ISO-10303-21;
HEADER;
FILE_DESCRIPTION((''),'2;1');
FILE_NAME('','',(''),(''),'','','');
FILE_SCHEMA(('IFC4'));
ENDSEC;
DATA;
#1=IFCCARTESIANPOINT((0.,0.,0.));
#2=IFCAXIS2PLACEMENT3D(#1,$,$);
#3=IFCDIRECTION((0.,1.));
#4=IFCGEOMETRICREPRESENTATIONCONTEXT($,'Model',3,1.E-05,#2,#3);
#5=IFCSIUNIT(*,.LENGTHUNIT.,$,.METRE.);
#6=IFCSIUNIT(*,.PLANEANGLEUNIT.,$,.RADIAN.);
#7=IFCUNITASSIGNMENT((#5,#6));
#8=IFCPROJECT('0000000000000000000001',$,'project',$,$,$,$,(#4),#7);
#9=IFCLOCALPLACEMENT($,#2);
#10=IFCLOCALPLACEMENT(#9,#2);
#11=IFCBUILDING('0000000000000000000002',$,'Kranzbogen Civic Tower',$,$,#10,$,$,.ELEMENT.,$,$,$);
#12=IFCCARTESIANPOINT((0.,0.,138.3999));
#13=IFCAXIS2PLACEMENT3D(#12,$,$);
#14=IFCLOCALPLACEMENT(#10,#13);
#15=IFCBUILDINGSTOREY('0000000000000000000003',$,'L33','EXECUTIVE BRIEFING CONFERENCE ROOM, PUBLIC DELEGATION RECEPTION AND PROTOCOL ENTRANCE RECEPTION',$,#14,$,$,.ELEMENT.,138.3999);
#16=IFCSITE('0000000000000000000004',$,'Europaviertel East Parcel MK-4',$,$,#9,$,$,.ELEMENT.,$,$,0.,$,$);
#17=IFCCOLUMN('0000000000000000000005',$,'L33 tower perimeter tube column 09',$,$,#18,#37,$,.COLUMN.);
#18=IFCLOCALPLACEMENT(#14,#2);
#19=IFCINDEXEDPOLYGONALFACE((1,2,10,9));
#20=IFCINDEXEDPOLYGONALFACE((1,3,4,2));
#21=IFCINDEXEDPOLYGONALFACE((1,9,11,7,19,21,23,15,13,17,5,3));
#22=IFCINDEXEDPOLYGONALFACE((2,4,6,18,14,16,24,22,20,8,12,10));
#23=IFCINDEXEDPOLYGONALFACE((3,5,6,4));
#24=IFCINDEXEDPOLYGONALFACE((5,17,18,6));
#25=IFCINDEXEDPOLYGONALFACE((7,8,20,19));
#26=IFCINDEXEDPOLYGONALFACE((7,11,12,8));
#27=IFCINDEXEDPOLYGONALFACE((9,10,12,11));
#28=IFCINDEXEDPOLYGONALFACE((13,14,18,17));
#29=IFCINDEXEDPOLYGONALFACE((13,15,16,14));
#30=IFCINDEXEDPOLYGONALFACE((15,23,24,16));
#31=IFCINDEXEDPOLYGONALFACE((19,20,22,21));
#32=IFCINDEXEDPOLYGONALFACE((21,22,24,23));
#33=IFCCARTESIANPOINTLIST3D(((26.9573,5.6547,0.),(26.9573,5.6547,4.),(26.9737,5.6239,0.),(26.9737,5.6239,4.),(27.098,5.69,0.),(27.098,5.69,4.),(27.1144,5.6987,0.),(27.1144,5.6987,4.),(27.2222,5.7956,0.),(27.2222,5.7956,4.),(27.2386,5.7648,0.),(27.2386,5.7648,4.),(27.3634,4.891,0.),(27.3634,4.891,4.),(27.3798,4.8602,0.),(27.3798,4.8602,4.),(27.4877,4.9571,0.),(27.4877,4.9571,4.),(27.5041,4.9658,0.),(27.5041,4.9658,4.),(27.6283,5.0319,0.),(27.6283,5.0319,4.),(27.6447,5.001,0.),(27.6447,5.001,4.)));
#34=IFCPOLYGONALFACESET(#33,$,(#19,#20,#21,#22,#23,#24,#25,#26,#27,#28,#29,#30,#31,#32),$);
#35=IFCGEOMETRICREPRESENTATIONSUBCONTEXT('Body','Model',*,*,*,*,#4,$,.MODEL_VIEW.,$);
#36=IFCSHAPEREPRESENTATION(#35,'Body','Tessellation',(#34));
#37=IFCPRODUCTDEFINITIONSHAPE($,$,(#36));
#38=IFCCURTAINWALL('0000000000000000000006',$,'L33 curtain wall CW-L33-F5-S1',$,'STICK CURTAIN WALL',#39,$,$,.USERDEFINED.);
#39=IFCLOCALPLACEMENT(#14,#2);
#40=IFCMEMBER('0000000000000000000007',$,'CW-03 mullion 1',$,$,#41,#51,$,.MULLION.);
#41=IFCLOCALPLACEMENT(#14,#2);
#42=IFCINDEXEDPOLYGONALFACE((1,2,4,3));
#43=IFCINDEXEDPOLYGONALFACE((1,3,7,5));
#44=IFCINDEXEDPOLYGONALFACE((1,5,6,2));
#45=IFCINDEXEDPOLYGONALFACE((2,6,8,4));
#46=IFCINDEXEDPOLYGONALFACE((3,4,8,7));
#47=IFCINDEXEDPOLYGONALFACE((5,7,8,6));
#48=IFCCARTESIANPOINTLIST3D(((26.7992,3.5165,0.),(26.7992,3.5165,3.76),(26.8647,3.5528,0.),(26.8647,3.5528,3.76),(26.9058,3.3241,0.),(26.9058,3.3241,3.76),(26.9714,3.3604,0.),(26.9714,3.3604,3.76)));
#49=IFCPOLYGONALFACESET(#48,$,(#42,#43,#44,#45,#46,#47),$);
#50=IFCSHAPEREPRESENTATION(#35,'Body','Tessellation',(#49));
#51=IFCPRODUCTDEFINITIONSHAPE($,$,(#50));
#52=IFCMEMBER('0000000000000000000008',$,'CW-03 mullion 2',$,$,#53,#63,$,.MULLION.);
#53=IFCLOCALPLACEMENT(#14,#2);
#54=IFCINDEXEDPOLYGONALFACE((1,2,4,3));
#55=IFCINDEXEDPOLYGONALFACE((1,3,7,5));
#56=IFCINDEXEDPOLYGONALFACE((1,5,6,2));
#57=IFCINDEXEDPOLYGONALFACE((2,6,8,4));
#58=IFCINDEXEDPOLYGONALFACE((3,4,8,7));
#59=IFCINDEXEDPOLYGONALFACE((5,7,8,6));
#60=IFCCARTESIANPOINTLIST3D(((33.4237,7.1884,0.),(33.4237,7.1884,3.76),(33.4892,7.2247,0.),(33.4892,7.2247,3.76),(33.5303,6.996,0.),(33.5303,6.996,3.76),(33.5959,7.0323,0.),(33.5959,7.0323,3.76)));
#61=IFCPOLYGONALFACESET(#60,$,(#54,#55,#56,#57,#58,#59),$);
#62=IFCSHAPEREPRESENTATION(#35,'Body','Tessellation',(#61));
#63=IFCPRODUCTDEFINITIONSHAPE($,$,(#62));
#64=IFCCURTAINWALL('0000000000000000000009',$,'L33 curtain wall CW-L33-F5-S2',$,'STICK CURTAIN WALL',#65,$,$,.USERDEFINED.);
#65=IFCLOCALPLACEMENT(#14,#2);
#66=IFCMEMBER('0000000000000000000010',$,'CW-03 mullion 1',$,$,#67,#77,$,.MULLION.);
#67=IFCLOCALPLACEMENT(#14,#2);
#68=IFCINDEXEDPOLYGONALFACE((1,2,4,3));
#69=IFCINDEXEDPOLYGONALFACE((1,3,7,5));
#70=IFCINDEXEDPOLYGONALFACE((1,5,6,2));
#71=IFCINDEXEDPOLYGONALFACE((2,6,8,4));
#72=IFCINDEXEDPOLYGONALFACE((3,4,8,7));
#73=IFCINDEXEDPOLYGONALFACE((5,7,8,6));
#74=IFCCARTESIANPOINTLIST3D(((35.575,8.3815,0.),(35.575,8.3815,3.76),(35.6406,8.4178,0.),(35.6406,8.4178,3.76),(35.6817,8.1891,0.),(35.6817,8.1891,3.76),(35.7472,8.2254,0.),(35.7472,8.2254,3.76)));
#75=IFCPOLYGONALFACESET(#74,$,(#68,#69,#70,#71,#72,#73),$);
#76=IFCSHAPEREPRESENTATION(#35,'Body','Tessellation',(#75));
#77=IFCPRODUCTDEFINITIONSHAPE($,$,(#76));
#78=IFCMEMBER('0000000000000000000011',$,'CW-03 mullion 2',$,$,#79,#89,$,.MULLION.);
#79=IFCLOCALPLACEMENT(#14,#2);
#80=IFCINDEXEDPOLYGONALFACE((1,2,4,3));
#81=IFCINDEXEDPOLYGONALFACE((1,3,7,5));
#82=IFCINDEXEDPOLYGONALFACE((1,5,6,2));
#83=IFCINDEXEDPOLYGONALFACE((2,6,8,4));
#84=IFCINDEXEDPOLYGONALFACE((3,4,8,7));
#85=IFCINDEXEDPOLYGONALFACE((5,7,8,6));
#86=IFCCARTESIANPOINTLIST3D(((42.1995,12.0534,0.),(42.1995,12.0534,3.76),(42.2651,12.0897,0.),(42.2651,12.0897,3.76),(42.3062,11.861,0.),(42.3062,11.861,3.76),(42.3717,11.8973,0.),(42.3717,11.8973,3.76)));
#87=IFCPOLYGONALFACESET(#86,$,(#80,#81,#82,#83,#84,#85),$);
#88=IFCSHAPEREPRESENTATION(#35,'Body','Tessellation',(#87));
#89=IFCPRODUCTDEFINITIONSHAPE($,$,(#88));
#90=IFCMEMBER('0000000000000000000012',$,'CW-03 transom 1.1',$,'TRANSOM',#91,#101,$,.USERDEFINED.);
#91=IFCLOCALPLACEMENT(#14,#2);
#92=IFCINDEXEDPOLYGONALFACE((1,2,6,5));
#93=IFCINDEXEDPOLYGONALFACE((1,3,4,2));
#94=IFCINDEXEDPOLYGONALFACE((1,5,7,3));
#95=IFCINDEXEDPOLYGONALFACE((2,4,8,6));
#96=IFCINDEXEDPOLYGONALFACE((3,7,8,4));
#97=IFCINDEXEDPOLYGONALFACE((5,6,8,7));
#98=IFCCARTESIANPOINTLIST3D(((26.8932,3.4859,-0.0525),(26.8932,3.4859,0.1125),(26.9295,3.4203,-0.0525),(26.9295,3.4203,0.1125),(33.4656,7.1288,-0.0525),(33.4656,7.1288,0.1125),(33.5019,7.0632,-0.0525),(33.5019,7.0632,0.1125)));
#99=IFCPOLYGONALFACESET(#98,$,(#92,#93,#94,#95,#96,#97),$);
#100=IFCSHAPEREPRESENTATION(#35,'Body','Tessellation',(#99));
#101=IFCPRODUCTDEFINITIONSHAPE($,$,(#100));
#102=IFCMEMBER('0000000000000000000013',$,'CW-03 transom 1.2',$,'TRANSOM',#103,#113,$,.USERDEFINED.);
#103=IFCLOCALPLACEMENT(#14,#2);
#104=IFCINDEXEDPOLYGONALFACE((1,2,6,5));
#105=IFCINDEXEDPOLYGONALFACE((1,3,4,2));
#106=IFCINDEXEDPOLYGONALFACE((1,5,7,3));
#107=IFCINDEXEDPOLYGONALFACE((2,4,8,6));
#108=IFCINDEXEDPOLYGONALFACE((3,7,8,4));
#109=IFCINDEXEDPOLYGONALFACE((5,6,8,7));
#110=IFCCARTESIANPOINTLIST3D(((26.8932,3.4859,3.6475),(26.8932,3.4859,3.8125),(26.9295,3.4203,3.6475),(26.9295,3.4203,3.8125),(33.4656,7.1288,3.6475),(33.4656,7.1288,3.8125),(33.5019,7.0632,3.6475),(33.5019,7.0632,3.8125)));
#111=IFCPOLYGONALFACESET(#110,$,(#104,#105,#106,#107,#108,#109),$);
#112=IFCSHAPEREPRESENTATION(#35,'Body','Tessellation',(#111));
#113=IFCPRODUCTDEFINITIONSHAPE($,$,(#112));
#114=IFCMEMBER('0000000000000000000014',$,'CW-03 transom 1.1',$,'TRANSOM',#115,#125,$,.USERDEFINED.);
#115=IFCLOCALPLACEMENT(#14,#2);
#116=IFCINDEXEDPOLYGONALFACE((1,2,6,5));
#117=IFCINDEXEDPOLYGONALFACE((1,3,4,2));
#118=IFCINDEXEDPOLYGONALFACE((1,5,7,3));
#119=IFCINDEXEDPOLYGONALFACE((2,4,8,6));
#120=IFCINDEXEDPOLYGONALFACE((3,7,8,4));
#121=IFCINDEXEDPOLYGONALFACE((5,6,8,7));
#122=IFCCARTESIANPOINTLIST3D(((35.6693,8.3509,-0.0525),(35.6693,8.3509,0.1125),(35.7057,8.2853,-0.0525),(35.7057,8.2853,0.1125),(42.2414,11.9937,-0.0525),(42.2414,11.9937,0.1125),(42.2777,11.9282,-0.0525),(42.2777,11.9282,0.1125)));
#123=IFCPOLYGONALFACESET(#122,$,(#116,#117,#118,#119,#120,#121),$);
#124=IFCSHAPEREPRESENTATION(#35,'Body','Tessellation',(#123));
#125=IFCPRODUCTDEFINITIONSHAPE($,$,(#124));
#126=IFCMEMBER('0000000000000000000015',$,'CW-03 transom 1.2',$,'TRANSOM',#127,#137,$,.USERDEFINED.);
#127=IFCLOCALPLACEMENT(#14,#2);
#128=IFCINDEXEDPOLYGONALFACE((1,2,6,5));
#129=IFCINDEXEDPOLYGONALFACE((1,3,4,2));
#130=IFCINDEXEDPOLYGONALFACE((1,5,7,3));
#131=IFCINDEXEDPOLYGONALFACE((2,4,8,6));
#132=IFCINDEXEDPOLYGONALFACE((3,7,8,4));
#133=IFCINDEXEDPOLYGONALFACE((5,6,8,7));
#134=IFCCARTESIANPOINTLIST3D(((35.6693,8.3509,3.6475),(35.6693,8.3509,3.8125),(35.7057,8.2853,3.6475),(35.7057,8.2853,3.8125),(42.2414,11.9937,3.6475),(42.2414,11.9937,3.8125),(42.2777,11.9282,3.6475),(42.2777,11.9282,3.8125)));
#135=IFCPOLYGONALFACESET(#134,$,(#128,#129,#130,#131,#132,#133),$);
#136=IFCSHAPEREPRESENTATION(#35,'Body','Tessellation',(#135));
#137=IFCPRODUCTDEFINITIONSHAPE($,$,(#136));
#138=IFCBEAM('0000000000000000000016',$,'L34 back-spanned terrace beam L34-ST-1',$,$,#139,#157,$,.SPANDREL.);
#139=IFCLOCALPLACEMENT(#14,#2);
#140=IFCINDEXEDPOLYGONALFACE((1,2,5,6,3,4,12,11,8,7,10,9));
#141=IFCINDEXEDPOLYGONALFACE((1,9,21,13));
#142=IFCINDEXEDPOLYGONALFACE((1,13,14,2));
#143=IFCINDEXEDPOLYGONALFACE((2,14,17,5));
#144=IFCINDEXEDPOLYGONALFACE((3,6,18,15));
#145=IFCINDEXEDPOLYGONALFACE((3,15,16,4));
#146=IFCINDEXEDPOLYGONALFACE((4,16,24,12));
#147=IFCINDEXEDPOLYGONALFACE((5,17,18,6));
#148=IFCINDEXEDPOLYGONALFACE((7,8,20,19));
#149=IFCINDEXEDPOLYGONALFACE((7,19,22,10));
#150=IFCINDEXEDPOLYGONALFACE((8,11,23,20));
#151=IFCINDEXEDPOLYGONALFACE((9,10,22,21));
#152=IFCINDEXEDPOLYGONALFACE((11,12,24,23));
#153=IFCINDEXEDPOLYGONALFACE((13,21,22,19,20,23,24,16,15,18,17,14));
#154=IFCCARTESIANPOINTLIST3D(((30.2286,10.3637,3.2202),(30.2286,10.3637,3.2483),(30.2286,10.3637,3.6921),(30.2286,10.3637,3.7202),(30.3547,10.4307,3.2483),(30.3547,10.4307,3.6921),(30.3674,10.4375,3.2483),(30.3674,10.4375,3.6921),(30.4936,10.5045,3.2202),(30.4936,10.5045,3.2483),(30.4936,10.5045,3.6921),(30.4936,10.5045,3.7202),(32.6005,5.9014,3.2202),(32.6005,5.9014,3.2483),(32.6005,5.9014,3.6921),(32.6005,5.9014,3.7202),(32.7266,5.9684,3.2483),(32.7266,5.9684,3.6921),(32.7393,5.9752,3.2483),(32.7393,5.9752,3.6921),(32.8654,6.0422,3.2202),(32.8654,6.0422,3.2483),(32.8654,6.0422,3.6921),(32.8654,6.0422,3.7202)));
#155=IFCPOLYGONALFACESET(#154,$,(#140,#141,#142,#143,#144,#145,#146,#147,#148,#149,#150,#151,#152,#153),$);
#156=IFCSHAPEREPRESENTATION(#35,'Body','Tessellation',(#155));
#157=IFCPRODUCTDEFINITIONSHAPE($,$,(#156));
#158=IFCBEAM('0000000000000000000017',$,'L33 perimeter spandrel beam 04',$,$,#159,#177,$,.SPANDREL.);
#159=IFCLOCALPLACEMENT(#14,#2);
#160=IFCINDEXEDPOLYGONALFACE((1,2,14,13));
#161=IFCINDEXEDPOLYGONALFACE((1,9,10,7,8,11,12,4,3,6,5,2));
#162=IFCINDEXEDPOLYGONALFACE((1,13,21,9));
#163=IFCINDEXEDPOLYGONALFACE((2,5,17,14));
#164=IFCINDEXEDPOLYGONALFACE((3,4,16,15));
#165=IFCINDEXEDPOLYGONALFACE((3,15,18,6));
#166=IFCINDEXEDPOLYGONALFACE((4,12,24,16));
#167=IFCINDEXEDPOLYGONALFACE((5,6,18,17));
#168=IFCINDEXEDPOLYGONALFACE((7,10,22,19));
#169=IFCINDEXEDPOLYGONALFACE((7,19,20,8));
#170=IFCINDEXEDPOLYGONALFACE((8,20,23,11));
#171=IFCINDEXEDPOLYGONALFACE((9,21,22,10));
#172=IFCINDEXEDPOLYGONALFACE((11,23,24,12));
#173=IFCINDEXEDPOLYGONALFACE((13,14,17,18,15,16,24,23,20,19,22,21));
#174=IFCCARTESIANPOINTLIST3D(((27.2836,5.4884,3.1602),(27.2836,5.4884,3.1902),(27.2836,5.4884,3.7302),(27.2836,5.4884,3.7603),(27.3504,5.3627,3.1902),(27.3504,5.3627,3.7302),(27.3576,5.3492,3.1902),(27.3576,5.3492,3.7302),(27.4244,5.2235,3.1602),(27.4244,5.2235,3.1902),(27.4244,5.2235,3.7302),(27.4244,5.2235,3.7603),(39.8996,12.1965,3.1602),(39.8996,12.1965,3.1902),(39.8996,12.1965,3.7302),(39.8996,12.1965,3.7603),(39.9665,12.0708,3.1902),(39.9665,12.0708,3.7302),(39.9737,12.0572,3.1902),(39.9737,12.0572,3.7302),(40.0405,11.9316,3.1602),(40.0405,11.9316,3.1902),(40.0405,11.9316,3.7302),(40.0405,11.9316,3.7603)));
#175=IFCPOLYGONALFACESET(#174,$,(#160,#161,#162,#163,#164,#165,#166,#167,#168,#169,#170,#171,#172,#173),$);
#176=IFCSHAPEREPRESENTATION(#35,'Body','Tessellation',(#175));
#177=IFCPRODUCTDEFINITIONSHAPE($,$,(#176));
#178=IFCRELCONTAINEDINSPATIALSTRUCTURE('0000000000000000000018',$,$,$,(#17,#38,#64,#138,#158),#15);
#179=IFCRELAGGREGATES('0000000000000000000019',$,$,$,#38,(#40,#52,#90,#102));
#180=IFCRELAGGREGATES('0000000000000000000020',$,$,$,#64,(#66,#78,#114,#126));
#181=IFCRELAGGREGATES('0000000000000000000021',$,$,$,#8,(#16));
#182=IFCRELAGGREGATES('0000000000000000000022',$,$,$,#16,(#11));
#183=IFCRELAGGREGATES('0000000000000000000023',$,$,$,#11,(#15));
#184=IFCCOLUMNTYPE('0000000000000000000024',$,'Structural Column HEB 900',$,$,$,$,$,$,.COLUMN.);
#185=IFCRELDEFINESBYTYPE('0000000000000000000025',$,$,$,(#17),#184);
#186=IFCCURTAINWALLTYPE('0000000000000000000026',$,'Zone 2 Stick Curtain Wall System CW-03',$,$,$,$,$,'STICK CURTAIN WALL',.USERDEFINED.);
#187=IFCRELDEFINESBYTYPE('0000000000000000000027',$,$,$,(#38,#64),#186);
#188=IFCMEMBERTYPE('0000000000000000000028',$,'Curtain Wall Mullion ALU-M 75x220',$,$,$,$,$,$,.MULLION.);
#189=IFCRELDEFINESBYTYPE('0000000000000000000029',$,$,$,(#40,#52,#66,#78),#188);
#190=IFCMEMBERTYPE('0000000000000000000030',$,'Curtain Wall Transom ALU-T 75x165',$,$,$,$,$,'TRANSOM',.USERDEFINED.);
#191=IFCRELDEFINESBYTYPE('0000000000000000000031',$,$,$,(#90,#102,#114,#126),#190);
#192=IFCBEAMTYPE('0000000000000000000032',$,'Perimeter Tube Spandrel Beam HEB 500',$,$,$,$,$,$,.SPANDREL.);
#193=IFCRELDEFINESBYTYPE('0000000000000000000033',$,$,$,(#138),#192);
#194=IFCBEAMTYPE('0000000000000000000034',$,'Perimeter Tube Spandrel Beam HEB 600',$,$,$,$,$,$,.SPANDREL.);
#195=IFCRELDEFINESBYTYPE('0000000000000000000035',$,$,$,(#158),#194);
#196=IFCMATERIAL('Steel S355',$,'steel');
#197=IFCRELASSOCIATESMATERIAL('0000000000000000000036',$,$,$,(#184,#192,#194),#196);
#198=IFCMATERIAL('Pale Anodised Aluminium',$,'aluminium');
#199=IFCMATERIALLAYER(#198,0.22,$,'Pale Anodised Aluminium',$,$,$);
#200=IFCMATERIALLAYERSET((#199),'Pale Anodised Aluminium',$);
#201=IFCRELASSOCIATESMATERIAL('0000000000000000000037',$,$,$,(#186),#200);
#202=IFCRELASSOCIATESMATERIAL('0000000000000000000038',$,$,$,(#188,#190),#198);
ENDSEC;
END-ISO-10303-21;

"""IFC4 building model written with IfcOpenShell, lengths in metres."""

from ifc_helpers import new_model, si_unit, direction, frame, origin, origin_2d, place, context, subcontext, project, spatial, rectangle, i_section, extrude, material, layer, layer_set, material_profile, profile_set, type_object, element, aggregate, save


model = new_model("IFC4")

# Units and contexts
model_context = context("Model", 3, precision=1e-05, world=origin(), true_north=direction((0.0, 1.0)))
body_context = subcontext(model_context, "Body", "Model", "MODEL_VIEW")
ifc_project = project(units=[si_unit("LENGTHUNIT", "METRE"), si_unit("PLANEANGLEUNIT", "RADIAN")], contexts=[model_context])

# Site, building, storey
site_placement = place(None, origin())
site = spatial("IfcSite", under=ifc_project, at=site_placement, Name="Europaviertel East Parcel MK-4", CompositionType="ELEMENT", RefElevation=0.0)
building_placement = place(site_placement, origin())
building = spatial("IfcBuilding", under=site, at=building_placement, Name="Kranzbogen Civic Tower", CompositionType="ELEMENT")
storey_placement = place(building_placement, frame((0.0, 0.0, 138.3999)))
storey = spatial("IfcBuildingStorey", under=building, at=storey_placement, Name="L33", Description="EXECUTIVE BRIEFING CONFERENCE ROOM, PUBLIC DELEGATION RECEPTION AND PROTOCOL ENTRANCE RECEPTION", CompositionType="ELEMENT", Elevation=138.3999)

# Column
ifc_material_1 = material(Name="Steel S355", Category="steel")
ifc_material_profile_1 = material_profile(ifc_material_1, i_section(OverallWidth=0.3, OverallDepth=0.8999, WebThickness=0.0186, FlangeThickness=0.0349, at=origin_2d()), Name="HEB 900")
ifc_profile_set_1 = profile_set([ifc_material_profile_1], Name="Steel S355")
column_type = type_object("IfcColumnType", Name="Structural Column HEB 900", PredefinedType="COLUMN", material=ifc_profile_set_1)
column_placement = place(storey_placement, frame((27.301, 5.3279, 0.0), z_axis=(0.0, 0.0, 1.0), x_axis=(0.882948, 0.469472, 0.0)))
element("IfcColumn", 1, at=column_placement, inside=storey, type_object=column_type, Name="L33 tower perimeter tube column 09", PredefinedType="COLUMN", context=body_context, shape_type="SweptSolid", body=[
    extrude(i_section(OverallWidth=0.3, OverallDepth=0.8999, WebThickness=0.0186, FlangeThickness=0.0349, at=origin_2d()), origin(), (0.0, 0.0, 1.0), 4.0),
])

# Curtain walls, members
ifc_material_2 = material(Name="Pale Anodised Aluminium", Category="aluminium")
ifc_layer_1 = layer(ifc_material_2, 0.22, Name="Pale Anodised Aluminium")
ifc_layer_set_1 = layer_set([ifc_layer_1], Name="Pale Anodised Aluminium")
curtain_wall_type = type_object("IfcCurtainWallType", Name="Zone 2 Stick Curtain Wall System CW-03", ElementType="STICK CURTAIN WALL", PredefinedType="USERDEFINED", material=ifc_layer_set_1)
curtain_wall_1_placement = place(storey_placement, origin())
curtain_wall_1 = element("IfcCurtainWall", 2, at=curtain_wall_1_placement, inside=storey, type_object=curtain_wall_type, Name="L33 curtain wall CW-L33-F5-S1", ObjectType="STICK CURTAIN WALL", PredefinedType="USERDEFINED")
ifc_material_profile_2 = material_profile(ifc_material_2, rectangle(XDim=0.075, YDim=0.22, at=origin_2d()), Name="ALU-M 75x220")
ifc_profile_set_2 = profile_set([ifc_material_profile_2], Name="Pale Anodised Aluminium")
member_type_1 = type_object("IfcMemberType", Name="Curtain Wall Mullion ALU-M 75x220", PredefinedType="MULLION", material=ifc_profile_set_2)
member_1_placement = place(storey_placement, frame((26.8853, 3.4385, 0.0), z_axis=(0.0, 0.0, 1.0), x_axis=(0.874626, 0.484797, 0.0)))
member_1 = element("IfcMember", 3, at=member_1_placement, type_object=member_type_1, Name="CW-03 mullion 1", PredefinedType="MULLION", context=body_context, shape_type="SweptSolid", body=[
    extrude(rectangle(XDim=0.075, YDim=0.22, at=origin_2d()), origin(), (0.0, 0.0, 1.0), 3.76),
])
member_2_placement = place(storey_placement, frame((33.5098, 7.1104, 0.0), z_axis=(0.0, 0.0, 1.0), x_axis=(0.874626, 0.484797, 0.0)))
member_2 = element("IfcMember", 4, at=member_2_placement, type_object=member_type_1, Name="CW-03 mullion 2", PredefinedType="MULLION", context=body_context, shape_type="SweptSolid", body=[
    extrude(rectangle(XDim=0.075, YDim=0.22, at=origin_2d()), origin(), (0.0, 0.0, 1.0), 3.76),
])
curtain_wall_2_placement = place(storey_placement, origin())
curtain_wall_2 = element("IfcCurtainWall", 5, at=curtain_wall_2_placement, inside=storey, type_object=curtain_wall_type, Name="L33 curtain wall CW-L33-F5-S2", ObjectType="STICK CURTAIN WALL", PredefinedType="USERDEFINED")
member_3_placement = place(storey_placement, frame((35.6611, 8.3035, 0.0), z_axis=(0.0, 0.0, 1.0), x_axis=(0.874626, 0.484797, 0.0)))
member_3 = element("IfcMember", 6, at=member_3_placement, type_object=member_type_1, Name="CW-03 mullion 1", PredefinedType="MULLION", context=body_context, shape_type="SweptSolid", body=[
    extrude(rectangle(XDim=0.075, YDim=0.22, at=origin_2d()), origin(), (0.0, 0.0, 1.0), 3.76),
])
member_4_placement = place(storey_placement, frame((42.2856, 11.9753, 0.0), z_axis=(0.0, 0.0, 1.0), x_axis=(0.874626, 0.484797, 0.0)))
member_4 = element("IfcMember", 7, at=member_4_placement, type_object=member_type_1, Name="CW-03 mullion 2", PredefinedType="MULLION", context=body_context, shape_type="SweptSolid", body=[
    extrude(rectangle(XDim=0.075, YDim=0.22, at=origin_2d()), origin(), (0.0, 0.0, 1.0), 3.76),
])

# Members
ifc_material_profile_3 = material_profile(ifc_material_2, rectangle(XDim=0.075, YDim=0.165, at=origin_2d()), Name="ALU-T 75x165")
ifc_profile_set_3 = profile_set([ifc_material_profile_3], Name="Pale Anodised Aluminium")
member_type_2 = type_object("IfcMemberType", Name="Curtain Wall Transom ALU-T 75x165", ElementType="TRANSOM", PredefinedType="USERDEFINED", material=ifc_profile_set_3)
member_5_placement = place(storey_placement, frame((26.9114, 3.4531, 0.03), z_axis=(0.874633, 0.484785, 0.0), x_axis=(-0.484785, 0.874633, 0.0)))
member_5 = element("IfcMember", 8, at=member_5_placement, type_object=member_type_2, Name="CW-03 transom 1.1", ObjectType="TRANSOM", PredefinedType="USERDEFINED", context=body_context, shape_type="SweptSolid", body=[
    extrude(rectangle(XDim=0.075, YDim=0.165, at=origin_2d()), origin(), (0.0, 0.0, 1.0), 7.5144),
])
member_6_placement = place(storey_placement, frame((26.9114, 3.4531, 3.73), z_axis=(0.874633, 0.484785, 0.0), x_axis=(-0.484785, 0.874633, 0.0)))
member_6 = element("IfcMember", 9, at=member_6_placement, type_object=member_type_2, Name="CW-03 transom 1.2", ObjectType="TRANSOM", PredefinedType="USERDEFINED", context=body_context, shape_type="SweptSolid", body=[
    extrude(rectangle(XDim=0.075, YDim=0.165, at=origin_2d()), origin(), (0.0, 0.0, 1.0), 7.5144),
])
member_7_placement = place(storey_placement, frame((35.6875, 8.3181, 0.03), z_axis=(0.874626, 0.484799, 0.0), x_axis=(-0.484799, 0.874626, 0.0)))
member_7 = element("IfcMember", 10, at=member_7_placement, type_object=member_type_2, Name="CW-03 transom 1.1", ObjectType="TRANSOM", PredefinedType="USERDEFINED", context=body_context, shape_type="SweptSolid", body=[
    extrude(rectangle(XDim=0.075, YDim=0.165, at=origin_2d()), origin(), (0.0, 0.0, 1.0), 7.5142),
])
member_8_placement = place(storey_placement, frame((35.6875, 8.3181, 3.73), z_axis=(0.874626, 0.484799, 0.0), x_axis=(-0.484799, 0.874626, 0.0)))
member_8 = element("IfcMember", 11, at=member_8_placement, type_object=member_type_2, Name="CW-03 transom 1.2", ObjectType="TRANSOM", PredefinedType="USERDEFINED", context=body_context, shape_type="SweptSolid", body=[
    extrude(rectangle(XDim=0.075, YDim=0.165, at=origin_2d()), origin(), (0.0, 0.0, 1.0), 7.5142),
])

# Beams
ifc_material_profile_4 = material_profile(ifc_material_1, i_section(OverallWidth=0.3, OverallDepth=0.5, WebThickness=0.0144, FlangeThickness=0.0281, at=origin_2d()), Name="HEB 500")
ifc_profile_set_4 = profile_set([ifc_material_profile_4], Name="Steel S355")
beam_type_1 = type_object("IfcBeamType", Name="Perimeter Tube Spandrel Beam HEB 500", PredefinedType="SPANDREL", material=ifc_profile_set_4)
beam_1_placement = place(storey_placement, frame((30.3611, 10.4341, 3.4702), z_axis=(0.469357, -0.883009, 0.0), x_axis=(0.883009, 0.469357, 0.0)))
element("IfcBeam", 12, at=beam_1_placement, inside=storey, type_object=beam_type_1, Name="L34 back-spanned terrace beam L34-ST-1", PredefinedType="SPANDREL", context=body_context, shape_type="SweptSolid", body=[
    extrude(i_section(OverallWidth=0.3, OverallDepth=0.5, WebThickness=0.0144, FlangeThickness=0.0281, at=origin_2d()), origin(), (0.0, 0.0, 1.0), 5.0535),
])
ifc_material_profile_5 = material_profile(ifc_material_1, i_section(OverallWidth=0.3, OverallDepth=0.6001, WebThickness=0.0154, FlangeThickness=0.03, at=origin_2d()), Name="HEB 600")
ifc_profile_set_5 = profile_set([ifc_material_profile_5], Name="Steel S355")
beam_type_2 = type_object("IfcBeamType", Name="Perimeter Tube Spandrel Beam HEB 600", PredefinedType="SPANDREL", material=ifc_profile_set_5)
beam_2_placement = place(storey_placement, frame((27.354, 5.356, 3.4602), z_axis=(0.882948, 0.46947, 0.0), x_axis=(-0.46947, 0.882948, 0.0)))
element("IfcBeam", 13, at=beam_2_placement, inside=storey, type_object=beam_type_2, Name="L33 perimeter spandrel beam 04", PredefinedType="SPANDREL", context=body_context, shape_type="SweptSolid", body=[
    extrude(i_section(OverallWidth=0.3, OverallDepth=0.6001, WebThickness=0.0154, FlangeThickness=0.03, at=origin_2d()), origin(), (0.0, 0.0, 1.0), 14.2886),
])

aggregate(curtain_wall_1, [member_1, member_2, member_5, member_6])
aggregate(curtain_wall_2, [member_3, member_4, member_7, member_8])

save(model, "model.ifc")
